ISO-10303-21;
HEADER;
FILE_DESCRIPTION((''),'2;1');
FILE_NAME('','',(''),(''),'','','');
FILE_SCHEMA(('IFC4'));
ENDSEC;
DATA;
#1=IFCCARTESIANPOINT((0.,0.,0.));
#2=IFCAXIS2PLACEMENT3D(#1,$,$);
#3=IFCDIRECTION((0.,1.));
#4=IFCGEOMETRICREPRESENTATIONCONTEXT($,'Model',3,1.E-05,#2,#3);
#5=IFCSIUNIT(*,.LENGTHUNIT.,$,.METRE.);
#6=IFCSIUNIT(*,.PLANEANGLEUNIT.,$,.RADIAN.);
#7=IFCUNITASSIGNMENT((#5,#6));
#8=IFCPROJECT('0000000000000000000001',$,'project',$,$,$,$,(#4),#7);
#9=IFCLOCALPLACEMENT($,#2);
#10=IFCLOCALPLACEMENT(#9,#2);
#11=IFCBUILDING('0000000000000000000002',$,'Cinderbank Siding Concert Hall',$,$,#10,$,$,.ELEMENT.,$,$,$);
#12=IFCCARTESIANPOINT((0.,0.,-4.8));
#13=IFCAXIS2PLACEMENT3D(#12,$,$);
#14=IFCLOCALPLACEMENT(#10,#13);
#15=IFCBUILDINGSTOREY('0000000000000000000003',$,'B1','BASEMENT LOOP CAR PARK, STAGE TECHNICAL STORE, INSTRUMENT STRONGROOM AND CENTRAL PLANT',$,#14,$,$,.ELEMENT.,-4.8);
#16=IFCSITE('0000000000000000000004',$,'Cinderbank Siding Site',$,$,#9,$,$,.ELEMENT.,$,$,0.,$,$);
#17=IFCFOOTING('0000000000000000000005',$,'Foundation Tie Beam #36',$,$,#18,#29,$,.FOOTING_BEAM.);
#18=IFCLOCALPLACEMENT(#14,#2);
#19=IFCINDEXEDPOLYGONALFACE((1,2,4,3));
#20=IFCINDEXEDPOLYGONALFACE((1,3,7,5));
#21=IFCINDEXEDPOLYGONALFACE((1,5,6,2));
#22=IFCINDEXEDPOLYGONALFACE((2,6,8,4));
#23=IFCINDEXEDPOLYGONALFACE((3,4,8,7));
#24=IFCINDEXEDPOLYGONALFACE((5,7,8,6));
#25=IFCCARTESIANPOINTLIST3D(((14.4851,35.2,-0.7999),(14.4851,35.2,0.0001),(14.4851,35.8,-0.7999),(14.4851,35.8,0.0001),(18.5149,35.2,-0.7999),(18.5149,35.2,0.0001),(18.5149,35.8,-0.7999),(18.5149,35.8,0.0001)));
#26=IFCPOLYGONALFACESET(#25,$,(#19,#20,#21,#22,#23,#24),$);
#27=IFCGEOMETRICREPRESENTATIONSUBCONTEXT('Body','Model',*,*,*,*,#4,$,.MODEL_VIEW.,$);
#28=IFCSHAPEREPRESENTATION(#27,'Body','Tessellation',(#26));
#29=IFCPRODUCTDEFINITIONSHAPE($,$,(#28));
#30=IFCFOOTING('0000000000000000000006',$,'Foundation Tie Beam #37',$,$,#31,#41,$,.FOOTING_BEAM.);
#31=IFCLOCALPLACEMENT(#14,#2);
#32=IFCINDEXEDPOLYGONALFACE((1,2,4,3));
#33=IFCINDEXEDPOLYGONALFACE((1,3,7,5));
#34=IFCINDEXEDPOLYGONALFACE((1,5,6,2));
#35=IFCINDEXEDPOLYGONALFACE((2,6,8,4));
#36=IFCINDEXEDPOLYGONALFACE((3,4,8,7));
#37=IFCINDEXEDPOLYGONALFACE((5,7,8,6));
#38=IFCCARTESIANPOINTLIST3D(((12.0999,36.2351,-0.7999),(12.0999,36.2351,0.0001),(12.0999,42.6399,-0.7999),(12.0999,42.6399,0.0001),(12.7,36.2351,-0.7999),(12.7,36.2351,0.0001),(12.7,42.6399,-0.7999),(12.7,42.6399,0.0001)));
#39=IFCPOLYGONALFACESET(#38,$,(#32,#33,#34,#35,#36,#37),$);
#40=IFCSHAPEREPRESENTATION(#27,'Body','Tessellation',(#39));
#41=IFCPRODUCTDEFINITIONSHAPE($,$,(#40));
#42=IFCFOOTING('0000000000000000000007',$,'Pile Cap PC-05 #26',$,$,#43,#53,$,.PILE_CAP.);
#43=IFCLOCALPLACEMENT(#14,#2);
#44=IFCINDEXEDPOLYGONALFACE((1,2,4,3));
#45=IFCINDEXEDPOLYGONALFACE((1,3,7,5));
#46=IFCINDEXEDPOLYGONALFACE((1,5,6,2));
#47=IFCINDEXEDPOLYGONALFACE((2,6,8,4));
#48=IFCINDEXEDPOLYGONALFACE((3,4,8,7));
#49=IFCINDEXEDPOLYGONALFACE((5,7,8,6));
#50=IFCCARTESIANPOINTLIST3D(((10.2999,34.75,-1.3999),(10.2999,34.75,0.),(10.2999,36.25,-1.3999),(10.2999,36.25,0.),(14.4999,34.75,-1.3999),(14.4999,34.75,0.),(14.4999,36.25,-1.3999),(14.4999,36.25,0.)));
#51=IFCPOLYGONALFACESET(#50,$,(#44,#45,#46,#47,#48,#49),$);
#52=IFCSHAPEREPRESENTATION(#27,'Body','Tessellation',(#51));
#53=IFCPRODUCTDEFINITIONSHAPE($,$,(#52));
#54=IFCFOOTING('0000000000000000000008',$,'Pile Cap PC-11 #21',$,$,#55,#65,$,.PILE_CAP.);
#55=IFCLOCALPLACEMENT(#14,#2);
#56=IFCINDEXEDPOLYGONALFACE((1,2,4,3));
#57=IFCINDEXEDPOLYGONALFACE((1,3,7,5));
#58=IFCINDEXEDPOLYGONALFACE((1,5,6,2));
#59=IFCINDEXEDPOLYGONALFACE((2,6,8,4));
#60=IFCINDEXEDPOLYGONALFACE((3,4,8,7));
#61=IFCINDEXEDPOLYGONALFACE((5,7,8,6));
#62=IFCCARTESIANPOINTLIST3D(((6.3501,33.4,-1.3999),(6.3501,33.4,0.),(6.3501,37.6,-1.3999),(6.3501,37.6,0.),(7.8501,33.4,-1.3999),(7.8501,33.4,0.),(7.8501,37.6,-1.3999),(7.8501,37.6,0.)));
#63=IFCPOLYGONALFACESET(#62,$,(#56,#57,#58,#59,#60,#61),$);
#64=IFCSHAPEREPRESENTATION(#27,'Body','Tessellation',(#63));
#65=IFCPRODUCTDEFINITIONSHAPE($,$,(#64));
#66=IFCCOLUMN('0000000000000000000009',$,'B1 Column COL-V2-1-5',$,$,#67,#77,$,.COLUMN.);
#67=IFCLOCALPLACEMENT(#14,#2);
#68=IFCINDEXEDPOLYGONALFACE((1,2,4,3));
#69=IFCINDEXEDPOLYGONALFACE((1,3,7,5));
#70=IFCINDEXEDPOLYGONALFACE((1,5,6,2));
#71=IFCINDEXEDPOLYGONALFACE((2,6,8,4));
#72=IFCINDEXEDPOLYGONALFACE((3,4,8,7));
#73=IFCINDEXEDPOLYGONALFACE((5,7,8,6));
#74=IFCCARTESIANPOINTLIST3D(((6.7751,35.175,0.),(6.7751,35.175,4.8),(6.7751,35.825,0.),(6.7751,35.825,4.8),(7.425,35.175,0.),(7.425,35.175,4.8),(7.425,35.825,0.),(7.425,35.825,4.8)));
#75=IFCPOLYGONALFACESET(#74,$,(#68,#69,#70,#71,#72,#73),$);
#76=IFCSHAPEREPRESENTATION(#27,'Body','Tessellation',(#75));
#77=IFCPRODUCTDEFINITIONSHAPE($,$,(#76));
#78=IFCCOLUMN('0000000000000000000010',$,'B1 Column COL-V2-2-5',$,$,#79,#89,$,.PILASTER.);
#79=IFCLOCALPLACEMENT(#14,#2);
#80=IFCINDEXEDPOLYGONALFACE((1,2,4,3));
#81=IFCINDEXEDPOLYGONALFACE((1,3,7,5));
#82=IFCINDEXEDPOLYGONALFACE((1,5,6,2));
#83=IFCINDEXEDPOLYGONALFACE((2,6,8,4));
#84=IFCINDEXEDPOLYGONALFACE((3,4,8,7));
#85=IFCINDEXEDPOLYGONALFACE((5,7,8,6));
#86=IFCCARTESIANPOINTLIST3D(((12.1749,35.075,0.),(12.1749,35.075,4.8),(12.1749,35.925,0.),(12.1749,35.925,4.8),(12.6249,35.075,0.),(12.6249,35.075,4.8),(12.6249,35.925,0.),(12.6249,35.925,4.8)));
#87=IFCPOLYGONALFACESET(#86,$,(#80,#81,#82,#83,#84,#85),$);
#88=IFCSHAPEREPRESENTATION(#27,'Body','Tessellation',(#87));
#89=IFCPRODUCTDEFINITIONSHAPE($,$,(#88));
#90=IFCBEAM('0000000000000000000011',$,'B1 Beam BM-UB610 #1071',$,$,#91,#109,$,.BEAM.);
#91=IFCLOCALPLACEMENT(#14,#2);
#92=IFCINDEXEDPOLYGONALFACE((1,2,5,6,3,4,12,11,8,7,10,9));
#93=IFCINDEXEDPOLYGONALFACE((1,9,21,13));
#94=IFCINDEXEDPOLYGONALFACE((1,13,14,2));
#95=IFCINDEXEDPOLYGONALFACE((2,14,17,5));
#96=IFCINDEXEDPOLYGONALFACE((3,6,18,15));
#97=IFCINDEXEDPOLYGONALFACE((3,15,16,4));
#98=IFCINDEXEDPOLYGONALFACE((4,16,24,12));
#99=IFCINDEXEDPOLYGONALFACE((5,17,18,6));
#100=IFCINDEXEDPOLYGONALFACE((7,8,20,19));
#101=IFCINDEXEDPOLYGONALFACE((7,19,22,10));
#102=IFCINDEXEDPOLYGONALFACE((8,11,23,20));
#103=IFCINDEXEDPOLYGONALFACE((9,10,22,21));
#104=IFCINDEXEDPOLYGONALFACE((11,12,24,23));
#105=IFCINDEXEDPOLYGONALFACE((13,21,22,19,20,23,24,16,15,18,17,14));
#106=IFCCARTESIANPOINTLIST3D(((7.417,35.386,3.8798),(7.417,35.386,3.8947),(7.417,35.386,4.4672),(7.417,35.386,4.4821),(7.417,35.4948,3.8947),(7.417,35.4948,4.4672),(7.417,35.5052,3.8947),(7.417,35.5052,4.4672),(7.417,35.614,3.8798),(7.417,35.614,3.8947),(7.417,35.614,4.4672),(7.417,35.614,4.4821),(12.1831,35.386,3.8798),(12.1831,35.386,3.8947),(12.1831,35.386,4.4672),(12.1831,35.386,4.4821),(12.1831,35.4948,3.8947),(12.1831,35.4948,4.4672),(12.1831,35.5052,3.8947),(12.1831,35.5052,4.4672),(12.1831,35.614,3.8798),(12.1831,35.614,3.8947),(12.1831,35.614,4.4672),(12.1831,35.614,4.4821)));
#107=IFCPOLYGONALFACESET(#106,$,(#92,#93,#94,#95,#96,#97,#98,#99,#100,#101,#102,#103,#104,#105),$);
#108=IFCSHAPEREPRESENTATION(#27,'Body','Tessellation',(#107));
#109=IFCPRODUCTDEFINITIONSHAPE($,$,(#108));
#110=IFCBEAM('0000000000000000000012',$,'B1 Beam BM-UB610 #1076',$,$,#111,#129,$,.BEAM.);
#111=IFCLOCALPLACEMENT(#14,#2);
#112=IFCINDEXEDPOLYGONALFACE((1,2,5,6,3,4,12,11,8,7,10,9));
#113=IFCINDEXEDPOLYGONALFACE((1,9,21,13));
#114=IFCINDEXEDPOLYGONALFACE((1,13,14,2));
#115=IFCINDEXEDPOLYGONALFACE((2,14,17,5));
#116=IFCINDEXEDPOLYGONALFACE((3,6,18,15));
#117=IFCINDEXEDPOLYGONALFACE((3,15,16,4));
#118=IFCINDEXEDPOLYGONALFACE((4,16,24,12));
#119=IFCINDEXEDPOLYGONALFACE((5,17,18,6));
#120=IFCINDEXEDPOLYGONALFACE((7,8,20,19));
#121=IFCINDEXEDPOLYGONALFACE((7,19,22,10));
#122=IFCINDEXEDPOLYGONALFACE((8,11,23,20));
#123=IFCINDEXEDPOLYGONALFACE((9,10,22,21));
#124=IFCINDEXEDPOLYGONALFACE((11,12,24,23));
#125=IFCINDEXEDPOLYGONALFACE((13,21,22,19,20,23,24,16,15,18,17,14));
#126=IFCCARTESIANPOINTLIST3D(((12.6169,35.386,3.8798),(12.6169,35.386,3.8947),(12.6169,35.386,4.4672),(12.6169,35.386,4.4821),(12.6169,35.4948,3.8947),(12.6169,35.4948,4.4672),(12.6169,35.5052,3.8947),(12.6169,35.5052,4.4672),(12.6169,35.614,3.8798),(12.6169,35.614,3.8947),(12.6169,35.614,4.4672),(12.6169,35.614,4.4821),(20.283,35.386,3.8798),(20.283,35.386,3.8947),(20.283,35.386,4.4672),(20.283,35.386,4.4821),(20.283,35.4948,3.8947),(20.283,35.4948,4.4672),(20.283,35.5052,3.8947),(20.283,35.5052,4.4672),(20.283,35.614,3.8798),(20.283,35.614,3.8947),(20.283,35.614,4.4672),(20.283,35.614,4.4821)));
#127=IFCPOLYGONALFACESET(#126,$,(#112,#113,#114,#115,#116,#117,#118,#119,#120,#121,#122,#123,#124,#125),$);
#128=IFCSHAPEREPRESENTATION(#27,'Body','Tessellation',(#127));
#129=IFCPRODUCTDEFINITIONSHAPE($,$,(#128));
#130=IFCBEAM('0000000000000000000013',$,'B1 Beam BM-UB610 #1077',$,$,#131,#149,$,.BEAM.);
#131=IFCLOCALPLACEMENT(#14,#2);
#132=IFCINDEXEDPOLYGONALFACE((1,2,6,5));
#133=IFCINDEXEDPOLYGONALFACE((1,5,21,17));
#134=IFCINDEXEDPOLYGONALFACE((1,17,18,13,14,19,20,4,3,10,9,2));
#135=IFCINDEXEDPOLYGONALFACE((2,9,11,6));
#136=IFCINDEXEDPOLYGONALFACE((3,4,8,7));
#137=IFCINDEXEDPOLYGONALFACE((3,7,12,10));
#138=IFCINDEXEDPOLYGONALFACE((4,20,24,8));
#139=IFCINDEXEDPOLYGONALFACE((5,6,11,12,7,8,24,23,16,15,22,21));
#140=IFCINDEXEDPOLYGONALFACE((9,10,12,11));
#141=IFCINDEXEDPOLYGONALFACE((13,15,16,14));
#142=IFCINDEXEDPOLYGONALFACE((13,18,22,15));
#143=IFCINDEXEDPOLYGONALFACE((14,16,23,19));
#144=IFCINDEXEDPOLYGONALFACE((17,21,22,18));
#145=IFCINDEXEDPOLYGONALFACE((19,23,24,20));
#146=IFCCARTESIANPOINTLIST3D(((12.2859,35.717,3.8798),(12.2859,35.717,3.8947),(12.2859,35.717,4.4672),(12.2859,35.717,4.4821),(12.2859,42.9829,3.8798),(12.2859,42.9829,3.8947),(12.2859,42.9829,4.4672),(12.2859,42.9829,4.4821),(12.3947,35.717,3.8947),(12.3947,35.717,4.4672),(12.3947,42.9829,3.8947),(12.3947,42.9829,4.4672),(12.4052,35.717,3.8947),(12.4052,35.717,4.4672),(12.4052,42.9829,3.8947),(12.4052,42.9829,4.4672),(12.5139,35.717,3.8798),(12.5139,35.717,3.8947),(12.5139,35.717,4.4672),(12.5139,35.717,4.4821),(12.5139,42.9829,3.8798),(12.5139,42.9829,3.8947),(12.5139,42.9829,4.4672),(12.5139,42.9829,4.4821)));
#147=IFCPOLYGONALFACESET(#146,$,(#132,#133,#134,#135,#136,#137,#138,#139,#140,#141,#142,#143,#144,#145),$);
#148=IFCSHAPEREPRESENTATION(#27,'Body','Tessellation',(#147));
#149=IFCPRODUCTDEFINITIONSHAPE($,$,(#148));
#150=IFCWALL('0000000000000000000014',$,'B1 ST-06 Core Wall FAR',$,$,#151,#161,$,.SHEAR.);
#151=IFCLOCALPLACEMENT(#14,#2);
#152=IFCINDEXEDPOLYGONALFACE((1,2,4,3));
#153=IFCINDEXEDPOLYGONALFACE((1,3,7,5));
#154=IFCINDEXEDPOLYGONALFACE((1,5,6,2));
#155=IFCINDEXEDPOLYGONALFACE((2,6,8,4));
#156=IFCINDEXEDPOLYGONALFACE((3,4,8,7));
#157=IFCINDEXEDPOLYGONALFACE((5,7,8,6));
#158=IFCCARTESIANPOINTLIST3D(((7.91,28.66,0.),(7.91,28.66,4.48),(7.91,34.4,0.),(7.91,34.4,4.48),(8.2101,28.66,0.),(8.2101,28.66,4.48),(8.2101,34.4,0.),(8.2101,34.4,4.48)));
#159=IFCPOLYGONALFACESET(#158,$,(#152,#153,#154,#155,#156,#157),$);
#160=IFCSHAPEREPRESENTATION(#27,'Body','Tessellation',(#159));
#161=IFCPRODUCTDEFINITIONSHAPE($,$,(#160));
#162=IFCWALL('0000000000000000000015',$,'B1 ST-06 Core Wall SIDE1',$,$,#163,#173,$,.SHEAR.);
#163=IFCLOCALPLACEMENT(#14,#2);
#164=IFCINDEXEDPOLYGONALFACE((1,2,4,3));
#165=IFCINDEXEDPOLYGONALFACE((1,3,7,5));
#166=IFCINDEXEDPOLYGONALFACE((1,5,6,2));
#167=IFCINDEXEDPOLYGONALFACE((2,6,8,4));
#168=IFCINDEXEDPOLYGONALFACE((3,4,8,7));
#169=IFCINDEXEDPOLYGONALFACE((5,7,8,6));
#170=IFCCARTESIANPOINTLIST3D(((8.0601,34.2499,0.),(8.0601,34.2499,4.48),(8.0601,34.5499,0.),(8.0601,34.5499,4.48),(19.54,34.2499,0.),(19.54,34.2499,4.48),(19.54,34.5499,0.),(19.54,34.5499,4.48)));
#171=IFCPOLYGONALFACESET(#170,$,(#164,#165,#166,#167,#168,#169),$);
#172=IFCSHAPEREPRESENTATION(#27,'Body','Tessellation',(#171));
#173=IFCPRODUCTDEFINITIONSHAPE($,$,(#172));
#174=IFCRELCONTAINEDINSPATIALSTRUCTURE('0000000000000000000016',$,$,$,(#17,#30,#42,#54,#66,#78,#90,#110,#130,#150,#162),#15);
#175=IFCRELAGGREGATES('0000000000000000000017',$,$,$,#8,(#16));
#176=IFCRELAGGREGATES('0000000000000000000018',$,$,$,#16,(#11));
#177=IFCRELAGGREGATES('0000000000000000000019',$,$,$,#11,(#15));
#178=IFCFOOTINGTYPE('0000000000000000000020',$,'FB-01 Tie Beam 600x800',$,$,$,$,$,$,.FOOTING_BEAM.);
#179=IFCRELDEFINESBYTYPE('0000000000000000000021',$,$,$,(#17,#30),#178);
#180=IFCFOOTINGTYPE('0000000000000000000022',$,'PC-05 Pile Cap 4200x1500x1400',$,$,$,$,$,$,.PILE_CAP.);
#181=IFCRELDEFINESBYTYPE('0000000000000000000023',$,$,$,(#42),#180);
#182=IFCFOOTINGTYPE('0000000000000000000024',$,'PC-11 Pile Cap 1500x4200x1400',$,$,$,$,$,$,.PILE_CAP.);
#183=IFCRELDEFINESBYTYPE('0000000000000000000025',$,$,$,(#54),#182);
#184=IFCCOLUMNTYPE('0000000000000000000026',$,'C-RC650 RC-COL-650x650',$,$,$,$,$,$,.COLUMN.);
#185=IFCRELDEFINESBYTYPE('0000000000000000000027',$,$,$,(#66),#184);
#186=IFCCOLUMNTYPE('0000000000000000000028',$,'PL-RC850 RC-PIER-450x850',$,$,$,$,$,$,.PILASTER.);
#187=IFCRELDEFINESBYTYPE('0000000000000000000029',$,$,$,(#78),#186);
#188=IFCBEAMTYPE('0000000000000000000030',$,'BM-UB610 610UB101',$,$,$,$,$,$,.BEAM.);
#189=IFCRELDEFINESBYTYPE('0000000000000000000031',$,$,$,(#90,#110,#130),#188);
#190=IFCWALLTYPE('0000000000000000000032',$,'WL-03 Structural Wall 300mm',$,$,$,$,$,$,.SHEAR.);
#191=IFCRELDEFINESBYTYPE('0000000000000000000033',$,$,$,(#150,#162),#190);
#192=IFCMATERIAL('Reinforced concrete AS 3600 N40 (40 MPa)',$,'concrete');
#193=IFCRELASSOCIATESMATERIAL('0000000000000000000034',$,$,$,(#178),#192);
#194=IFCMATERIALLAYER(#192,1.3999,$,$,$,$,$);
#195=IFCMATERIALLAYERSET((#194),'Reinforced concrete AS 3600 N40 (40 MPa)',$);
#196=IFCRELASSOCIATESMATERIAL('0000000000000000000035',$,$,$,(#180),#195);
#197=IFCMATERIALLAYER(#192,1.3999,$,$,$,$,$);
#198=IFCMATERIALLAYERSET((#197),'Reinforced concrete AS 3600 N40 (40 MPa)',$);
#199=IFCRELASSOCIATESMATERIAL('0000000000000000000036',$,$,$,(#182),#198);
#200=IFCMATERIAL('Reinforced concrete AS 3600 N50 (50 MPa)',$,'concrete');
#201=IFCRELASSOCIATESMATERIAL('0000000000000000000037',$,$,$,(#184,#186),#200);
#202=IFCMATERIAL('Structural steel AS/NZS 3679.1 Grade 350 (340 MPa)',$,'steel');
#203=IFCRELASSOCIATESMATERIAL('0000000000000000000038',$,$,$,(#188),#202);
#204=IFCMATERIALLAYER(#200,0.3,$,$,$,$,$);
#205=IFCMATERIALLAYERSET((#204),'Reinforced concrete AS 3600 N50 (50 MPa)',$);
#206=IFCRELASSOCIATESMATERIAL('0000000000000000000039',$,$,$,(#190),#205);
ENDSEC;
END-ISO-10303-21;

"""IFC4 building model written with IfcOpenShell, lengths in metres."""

from ifc_helpers import new_model, si_unit, direction, frame, frame_2d, origin, origin_2d, place, context, subcontext, project, spatial, rectangle, i_section, extrude, material, layer, layer_set, material_profile, profile_set, type_object, element, save


model = new_model("IFC4")

# Units and contexts
model_context = context("Model", 3, precision=1e-05, world=origin(), true_north=direction((0.0, 1.0)))
body_context = subcontext(model_context, "Body", "Model", "MODEL_VIEW")
ifc_project = project(units=[si_unit("LENGTHUNIT", "METRE"), si_unit("PLANEANGLEUNIT", "RADIAN")], contexts=[model_context])

# Site, building, storey
site_placement = place(None, origin())
site = spatial("IfcSite", under=ifc_project, at=site_placement, Name="Cinderbank Siding Site", CompositionType="ELEMENT", RefElevation=0.0)
building_placement = place(site_placement, origin())
building = spatial("IfcBuilding", under=site, at=building_placement, Name="Cinderbank Siding Concert Hall", CompositionType="ELEMENT")
storey_placement = place(building_placement, frame((0.0, 0.0, -4.8)))
storey = spatial("IfcBuildingStorey", under=building, at=storey_placement, Name="B1", Description="BASEMENT LOOP CAR PARK, STAGE TECHNICAL STORE, INSTRUMENT STRONGROOM AND CENTRAL PLANT", CompositionType="ELEMENT", Elevation=-4.8)

# Shared definitions
ifc_material_1 = material(Name="Reinforced concrete AS 3600 N40 (40 MPa)", Category="concrete")

# Footings
ifc_material_profile_1 = material_profile(ifc_material_1, rectangle(XDim=0.6001, YDim=0.8, at=origin_2d()), Name="RC-FB-600x800", Category="LoadBearing")
ifc_profile_set_1 = profile_set([ifc_material_profile_1], Name="Reinforced concrete AS 3600 N40 (40 MPa)")
footing_type_1 = type_object("IfcFootingType", Name="FB-01 Tie Beam 600x800", PredefinedType="FOOTING_BEAM", material=ifc_profile_set_1)
footing_1_placement = place(storey_placement, frame((14.4851, 35.5, -0.3999), z_axis=(1.0, 0.0, 0.0), x_axis=(0.0, 1.0, 0.0)))
element("IfcFooting", 1, at=footing_1_placement, inside=storey, type_object=footing_type_1, Name="Foundation Tie Beam #36", PredefinedType="FOOTING_BEAM", context=body_context, shape_type="SweptSolid", body=[
    extrude(rectangle(XDim=0.6001, YDim=0.8, at=origin_2d()), origin(), (0.0, 0.0, 1.0), 4.0298),
])
footing_2_placement = place(storey_placement, frame((12.3999, 36.2351, -0.3999), z_axis=(0.0, 1.0, 0.0), x_axis=(-1.0, 0.0, 0.0)))
element("IfcFooting", 2, at=footing_2_placement, inside=storey, type_object=footing_type_1, Name="Foundation Tie Beam #37", PredefinedType="FOOTING_BEAM", context=body_context, shape_type="SweptSolid", body=[
    extrude(rectangle(XDim=0.6001, YDim=0.8, at=origin_2d()), origin(), (0.0, 0.0, 1.0), 6.4048),
])
ifc_layer_1 = layer(ifc_material_1, 1.3999)
ifc_layer_set_1 = layer_set([ifc_layer_1], Name="Reinforced concrete AS 3600 N40 (40 MPa)")
footing_type_2 = type_object("IfcFootingType", Name="PC-05 Pile Cap 4200x1500x1400", PredefinedType="PILE_CAP", material=ifc_layer_set_1)
footing_3_placement = place(storey_placement, frame((12.3999, 35.5, -1.3999), z_axis=(0.0, 0.0, 1.0), x_axis=(1.0, 0.0, 0.0)))
element("IfcFooting", 3, at=footing_3_placement, inside=storey, type_object=footing_type_2, Name="Pile Cap PC-05 #26", PredefinedType="PILE_CAP", context=body_context, shape_type="SweptSolid", body=[
    extrude(rectangle(XDim=4.2, YDim=1.5, at=origin_2d()), origin(), (0.0, 0.0, 1.0), 1.3999),
])
ifc_layer_2 = layer(ifc_material_1, 1.3999)
ifc_layer_set_2 = layer_set([ifc_layer_2], Name="Reinforced concrete AS 3600 N40 (40 MPa)")
footing_type_3 = type_object("IfcFootingType", Name="PC-11 Pile Cap 1500x4200x1400", PredefinedType="PILE_CAP", material=ifc_layer_set_2)
footing_4_placement = place(storey_placement, frame((7.1001, 35.5, -1.3999), z_axis=(0.0, 0.0, 1.0), x_axis=(1.0, 0.0, 0.0)))
element("IfcFooting", 4, at=footing_4_placement, inside=storey, type_object=footing_type_3, Name="Pile Cap PC-11 #21", PredefinedType="PILE_CAP", context=body_context, shape_type="SweptSolid", body=[
    extrude(rectangle(XDim=1.5, YDim=4.2, at=origin_2d()), origin(), (0.0, 0.0, 1.0), 1.3999),
])

# Columns
ifc_material_2 = material(Name="Reinforced concrete AS 3600 N50 (50 MPa)", Category="concrete")
ifc_material_profile_2 = material_profile(ifc_material_2, rectangle(XDim=0.6499, YDim=0.6499, at=origin_2d()), Name="RC-COL-650x650", Category="LoadBearing")
ifc_profile_set_2 = profile_set([ifc_material_profile_2], Name="Reinforced concrete AS 3600 N50 (50 MPa)")
column_type_1 = type_object("IfcColumnType", Name="C-RC650 RC-COL-650x650", PredefinedType="COLUMN", material=ifc_profile_set_2)
column_1_placement = place(storey_placement, frame((7.1001, 35.5, 0.0), z_axis=(0.0, 0.0, 1.0), x_axis=(1.0, 0.0, 0.0)))
element("IfcColumn", 5, at=column_1_placement, inside=storey, type_object=column_type_1, Name="B1 Column COL-V2-1-5", PredefinedType="COLUMN", context=body_context, shape_type="SweptSolid", body=[
    extrude(rectangle(XDim=0.6499, YDim=0.6499, at=origin_2d()), origin(), (0.0, 0.0, 1.0), 4.8),
])
ifc_material_profile_3 = material_profile(ifc_material_2, rectangle(XDim=0.45, YDim=0.8501, at=origin_2d()), Name="RC-PIER-450x850", Category="LoadBearing")
ifc_profile_set_3 = profile_set([ifc_material_profile_3], Name="Reinforced concrete AS 3600 N50 (50 MPa)")
column_type_2 = type_object("IfcColumnType", Name="PL-RC850 RC-PIER-450x850", PredefinedType="PILASTER", material=ifc_profile_set_3)
column_2_placement = place(storey_placement, frame((12.3999, 35.5, 0.0), z_axis=(0.0, 0.0, 1.0), x_axis=(1.0, 0.0, 0.0)))
element("IfcColumn", 6, at=column_2_placement, inside=storey, type_object=column_type_2, Name="B1 Column COL-V2-2-5", PredefinedType="PILASTER", context=body_context, shape_type="SweptSolid", body=[
    extrude(rectangle(XDim=0.45, YDim=0.8501, at=origin_2d()), origin(), (0.0, 0.0, 1.0), 4.8),
])

# Beams
ifc_material_3 = material(Name="Structural steel AS/NZS 3679.1 Grade 350 (340 MPa)", Category="steel")
ifc_material_profile_4 = material_profile(ifc_material_3, i_section(OverallWidth=0.228, OverallDepth=0.6023, WebThickness=0.0105, FlangeThickness=0.0149, at=origin_2d()), Name="610UB101", Category="LoadBearing")
ifc_profile_set_4 = profile_set([ifc_material_profile_4], Name="Structural steel AS/NZS 3679.1 Grade 350 (340 MPa)")
beam_type = type_object("IfcBeamType", Name="BM-UB610 610UB101", PredefinedType="BEAM", material=ifc_profile_set_4)
beam_1_placement = place(storey_placement, frame((7.417, 35.5, 4.1809), z_axis=(1.0, 0.0, 0.0), x_axis=(0.0, 1.0, 0.0)))
element("IfcBeam", 7, at=beam_1_placement, inside=storey, type_object=beam_type, Name="B1 Beam BM-UB610 #1071", PredefinedType="BEAM", context=body_context, shape_type="SweptSolid", body=[
    extrude(i_section(OverallWidth=0.228, OverallDepth=0.6023, WebThickness=0.0105, FlangeThickness=0.0149, at=origin_2d()), origin(), (0.0, 0.0, 1.0), 4.7661),
])
beam_2_placement = place(storey_placement, frame((12.6169, 35.5, 4.1809), z_axis=(1.0, 0.0, 0.0), x_axis=(0.0, 1.0, 0.0)))
element("IfcBeam", 8, at=beam_2_placement, inside=storey, type_object=beam_type, Name="B1 Beam BM-UB610 #1076", PredefinedType="BEAM", context=body_context, shape_type="SweptSolid", body=[
    extrude(i_section(OverallWidth=0.228, OverallDepth=0.6023, WebThickness=0.0105, FlangeThickness=0.0149, at=origin_2d()), origin(), (0.0, 0.0, 1.0), 7.666),
])
beam_3_placement = place(storey_placement, frame((12.3999, 35.717, 4.1809), z_axis=(0.0, 1.0, 0.0), x_axis=(-1.0, 0.0, 0.0)))
element("IfcBeam", 9, at=beam_3_placement, inside=storey, type_object=beam_type, Name="B1 Beam BM-UB610 #1077", PredefinedType="BEAM", context=body_context, shape_type="SweptSolid", body=[
    extrude(i_section(OverallWidth=0.228, OverallDepth=0.6023, WebThickness=0.0105, FlangeThickness=0.0149, at=origin_2d()), origin(), (0.0, 0.0, 1.0), 7.2659),
])

# Walls
ifc_layer_3 = layer(ifc_material_2, 0.3)
ifc_layer_set_3 = layer_set([ifc_layer_3], Name="Reinforced concrete AS 3600 N50 (50 MPa)")
wall_type = type_object("IfcWallType", Name="WL-03 Structural Wall 300mm", PredefinedType="SHEAR", material=ifc_layer_set_3)
wall_1_placement = place(storey_placement, frame((8.0601, 28.6599, 0.0), z_axis=(0.0, 0.0, 1.0), x_axis=(0.0, 1.0, 0.0)))
element("IfcWall", 10, at=wall_1_placement, inside=storey, type_object=wall_type, Name="B1 ST-06 Core Wall FAR", PredefinedType="SHEAR", context=body_context, shape_type="SweptSolid", body=[
    extrude(rectangle(XDim=5.74, YDim=0.3, at=frame_2d((2.8701, 0.0))), origin(), (0.0, 0.0, 1.0), 4.48),
])
wall_2_placement = place(storey_placement, frame((8.0601, 34.3999, 0.0), z_axis=(0.0, 0.0, 1.0), x_axis=(1.0, 0.0, 0.0)))
element("IfcWall", 11, at=wall_2_placement, inside=storey, type_object=wall_type, Name="B1 ST-06 Core Wall SIDE1", PredefinedType="SHEAR", context=body_context, shape_type="SweptSolid", body=[
    extrude(rectangle(XDim=11.48, YDim=0.3, at=frame_2d((5.74, 0.0))), origin(), (0.0, 0.0, 1.0), 4.48),
])

save(model, "model.ifc")
